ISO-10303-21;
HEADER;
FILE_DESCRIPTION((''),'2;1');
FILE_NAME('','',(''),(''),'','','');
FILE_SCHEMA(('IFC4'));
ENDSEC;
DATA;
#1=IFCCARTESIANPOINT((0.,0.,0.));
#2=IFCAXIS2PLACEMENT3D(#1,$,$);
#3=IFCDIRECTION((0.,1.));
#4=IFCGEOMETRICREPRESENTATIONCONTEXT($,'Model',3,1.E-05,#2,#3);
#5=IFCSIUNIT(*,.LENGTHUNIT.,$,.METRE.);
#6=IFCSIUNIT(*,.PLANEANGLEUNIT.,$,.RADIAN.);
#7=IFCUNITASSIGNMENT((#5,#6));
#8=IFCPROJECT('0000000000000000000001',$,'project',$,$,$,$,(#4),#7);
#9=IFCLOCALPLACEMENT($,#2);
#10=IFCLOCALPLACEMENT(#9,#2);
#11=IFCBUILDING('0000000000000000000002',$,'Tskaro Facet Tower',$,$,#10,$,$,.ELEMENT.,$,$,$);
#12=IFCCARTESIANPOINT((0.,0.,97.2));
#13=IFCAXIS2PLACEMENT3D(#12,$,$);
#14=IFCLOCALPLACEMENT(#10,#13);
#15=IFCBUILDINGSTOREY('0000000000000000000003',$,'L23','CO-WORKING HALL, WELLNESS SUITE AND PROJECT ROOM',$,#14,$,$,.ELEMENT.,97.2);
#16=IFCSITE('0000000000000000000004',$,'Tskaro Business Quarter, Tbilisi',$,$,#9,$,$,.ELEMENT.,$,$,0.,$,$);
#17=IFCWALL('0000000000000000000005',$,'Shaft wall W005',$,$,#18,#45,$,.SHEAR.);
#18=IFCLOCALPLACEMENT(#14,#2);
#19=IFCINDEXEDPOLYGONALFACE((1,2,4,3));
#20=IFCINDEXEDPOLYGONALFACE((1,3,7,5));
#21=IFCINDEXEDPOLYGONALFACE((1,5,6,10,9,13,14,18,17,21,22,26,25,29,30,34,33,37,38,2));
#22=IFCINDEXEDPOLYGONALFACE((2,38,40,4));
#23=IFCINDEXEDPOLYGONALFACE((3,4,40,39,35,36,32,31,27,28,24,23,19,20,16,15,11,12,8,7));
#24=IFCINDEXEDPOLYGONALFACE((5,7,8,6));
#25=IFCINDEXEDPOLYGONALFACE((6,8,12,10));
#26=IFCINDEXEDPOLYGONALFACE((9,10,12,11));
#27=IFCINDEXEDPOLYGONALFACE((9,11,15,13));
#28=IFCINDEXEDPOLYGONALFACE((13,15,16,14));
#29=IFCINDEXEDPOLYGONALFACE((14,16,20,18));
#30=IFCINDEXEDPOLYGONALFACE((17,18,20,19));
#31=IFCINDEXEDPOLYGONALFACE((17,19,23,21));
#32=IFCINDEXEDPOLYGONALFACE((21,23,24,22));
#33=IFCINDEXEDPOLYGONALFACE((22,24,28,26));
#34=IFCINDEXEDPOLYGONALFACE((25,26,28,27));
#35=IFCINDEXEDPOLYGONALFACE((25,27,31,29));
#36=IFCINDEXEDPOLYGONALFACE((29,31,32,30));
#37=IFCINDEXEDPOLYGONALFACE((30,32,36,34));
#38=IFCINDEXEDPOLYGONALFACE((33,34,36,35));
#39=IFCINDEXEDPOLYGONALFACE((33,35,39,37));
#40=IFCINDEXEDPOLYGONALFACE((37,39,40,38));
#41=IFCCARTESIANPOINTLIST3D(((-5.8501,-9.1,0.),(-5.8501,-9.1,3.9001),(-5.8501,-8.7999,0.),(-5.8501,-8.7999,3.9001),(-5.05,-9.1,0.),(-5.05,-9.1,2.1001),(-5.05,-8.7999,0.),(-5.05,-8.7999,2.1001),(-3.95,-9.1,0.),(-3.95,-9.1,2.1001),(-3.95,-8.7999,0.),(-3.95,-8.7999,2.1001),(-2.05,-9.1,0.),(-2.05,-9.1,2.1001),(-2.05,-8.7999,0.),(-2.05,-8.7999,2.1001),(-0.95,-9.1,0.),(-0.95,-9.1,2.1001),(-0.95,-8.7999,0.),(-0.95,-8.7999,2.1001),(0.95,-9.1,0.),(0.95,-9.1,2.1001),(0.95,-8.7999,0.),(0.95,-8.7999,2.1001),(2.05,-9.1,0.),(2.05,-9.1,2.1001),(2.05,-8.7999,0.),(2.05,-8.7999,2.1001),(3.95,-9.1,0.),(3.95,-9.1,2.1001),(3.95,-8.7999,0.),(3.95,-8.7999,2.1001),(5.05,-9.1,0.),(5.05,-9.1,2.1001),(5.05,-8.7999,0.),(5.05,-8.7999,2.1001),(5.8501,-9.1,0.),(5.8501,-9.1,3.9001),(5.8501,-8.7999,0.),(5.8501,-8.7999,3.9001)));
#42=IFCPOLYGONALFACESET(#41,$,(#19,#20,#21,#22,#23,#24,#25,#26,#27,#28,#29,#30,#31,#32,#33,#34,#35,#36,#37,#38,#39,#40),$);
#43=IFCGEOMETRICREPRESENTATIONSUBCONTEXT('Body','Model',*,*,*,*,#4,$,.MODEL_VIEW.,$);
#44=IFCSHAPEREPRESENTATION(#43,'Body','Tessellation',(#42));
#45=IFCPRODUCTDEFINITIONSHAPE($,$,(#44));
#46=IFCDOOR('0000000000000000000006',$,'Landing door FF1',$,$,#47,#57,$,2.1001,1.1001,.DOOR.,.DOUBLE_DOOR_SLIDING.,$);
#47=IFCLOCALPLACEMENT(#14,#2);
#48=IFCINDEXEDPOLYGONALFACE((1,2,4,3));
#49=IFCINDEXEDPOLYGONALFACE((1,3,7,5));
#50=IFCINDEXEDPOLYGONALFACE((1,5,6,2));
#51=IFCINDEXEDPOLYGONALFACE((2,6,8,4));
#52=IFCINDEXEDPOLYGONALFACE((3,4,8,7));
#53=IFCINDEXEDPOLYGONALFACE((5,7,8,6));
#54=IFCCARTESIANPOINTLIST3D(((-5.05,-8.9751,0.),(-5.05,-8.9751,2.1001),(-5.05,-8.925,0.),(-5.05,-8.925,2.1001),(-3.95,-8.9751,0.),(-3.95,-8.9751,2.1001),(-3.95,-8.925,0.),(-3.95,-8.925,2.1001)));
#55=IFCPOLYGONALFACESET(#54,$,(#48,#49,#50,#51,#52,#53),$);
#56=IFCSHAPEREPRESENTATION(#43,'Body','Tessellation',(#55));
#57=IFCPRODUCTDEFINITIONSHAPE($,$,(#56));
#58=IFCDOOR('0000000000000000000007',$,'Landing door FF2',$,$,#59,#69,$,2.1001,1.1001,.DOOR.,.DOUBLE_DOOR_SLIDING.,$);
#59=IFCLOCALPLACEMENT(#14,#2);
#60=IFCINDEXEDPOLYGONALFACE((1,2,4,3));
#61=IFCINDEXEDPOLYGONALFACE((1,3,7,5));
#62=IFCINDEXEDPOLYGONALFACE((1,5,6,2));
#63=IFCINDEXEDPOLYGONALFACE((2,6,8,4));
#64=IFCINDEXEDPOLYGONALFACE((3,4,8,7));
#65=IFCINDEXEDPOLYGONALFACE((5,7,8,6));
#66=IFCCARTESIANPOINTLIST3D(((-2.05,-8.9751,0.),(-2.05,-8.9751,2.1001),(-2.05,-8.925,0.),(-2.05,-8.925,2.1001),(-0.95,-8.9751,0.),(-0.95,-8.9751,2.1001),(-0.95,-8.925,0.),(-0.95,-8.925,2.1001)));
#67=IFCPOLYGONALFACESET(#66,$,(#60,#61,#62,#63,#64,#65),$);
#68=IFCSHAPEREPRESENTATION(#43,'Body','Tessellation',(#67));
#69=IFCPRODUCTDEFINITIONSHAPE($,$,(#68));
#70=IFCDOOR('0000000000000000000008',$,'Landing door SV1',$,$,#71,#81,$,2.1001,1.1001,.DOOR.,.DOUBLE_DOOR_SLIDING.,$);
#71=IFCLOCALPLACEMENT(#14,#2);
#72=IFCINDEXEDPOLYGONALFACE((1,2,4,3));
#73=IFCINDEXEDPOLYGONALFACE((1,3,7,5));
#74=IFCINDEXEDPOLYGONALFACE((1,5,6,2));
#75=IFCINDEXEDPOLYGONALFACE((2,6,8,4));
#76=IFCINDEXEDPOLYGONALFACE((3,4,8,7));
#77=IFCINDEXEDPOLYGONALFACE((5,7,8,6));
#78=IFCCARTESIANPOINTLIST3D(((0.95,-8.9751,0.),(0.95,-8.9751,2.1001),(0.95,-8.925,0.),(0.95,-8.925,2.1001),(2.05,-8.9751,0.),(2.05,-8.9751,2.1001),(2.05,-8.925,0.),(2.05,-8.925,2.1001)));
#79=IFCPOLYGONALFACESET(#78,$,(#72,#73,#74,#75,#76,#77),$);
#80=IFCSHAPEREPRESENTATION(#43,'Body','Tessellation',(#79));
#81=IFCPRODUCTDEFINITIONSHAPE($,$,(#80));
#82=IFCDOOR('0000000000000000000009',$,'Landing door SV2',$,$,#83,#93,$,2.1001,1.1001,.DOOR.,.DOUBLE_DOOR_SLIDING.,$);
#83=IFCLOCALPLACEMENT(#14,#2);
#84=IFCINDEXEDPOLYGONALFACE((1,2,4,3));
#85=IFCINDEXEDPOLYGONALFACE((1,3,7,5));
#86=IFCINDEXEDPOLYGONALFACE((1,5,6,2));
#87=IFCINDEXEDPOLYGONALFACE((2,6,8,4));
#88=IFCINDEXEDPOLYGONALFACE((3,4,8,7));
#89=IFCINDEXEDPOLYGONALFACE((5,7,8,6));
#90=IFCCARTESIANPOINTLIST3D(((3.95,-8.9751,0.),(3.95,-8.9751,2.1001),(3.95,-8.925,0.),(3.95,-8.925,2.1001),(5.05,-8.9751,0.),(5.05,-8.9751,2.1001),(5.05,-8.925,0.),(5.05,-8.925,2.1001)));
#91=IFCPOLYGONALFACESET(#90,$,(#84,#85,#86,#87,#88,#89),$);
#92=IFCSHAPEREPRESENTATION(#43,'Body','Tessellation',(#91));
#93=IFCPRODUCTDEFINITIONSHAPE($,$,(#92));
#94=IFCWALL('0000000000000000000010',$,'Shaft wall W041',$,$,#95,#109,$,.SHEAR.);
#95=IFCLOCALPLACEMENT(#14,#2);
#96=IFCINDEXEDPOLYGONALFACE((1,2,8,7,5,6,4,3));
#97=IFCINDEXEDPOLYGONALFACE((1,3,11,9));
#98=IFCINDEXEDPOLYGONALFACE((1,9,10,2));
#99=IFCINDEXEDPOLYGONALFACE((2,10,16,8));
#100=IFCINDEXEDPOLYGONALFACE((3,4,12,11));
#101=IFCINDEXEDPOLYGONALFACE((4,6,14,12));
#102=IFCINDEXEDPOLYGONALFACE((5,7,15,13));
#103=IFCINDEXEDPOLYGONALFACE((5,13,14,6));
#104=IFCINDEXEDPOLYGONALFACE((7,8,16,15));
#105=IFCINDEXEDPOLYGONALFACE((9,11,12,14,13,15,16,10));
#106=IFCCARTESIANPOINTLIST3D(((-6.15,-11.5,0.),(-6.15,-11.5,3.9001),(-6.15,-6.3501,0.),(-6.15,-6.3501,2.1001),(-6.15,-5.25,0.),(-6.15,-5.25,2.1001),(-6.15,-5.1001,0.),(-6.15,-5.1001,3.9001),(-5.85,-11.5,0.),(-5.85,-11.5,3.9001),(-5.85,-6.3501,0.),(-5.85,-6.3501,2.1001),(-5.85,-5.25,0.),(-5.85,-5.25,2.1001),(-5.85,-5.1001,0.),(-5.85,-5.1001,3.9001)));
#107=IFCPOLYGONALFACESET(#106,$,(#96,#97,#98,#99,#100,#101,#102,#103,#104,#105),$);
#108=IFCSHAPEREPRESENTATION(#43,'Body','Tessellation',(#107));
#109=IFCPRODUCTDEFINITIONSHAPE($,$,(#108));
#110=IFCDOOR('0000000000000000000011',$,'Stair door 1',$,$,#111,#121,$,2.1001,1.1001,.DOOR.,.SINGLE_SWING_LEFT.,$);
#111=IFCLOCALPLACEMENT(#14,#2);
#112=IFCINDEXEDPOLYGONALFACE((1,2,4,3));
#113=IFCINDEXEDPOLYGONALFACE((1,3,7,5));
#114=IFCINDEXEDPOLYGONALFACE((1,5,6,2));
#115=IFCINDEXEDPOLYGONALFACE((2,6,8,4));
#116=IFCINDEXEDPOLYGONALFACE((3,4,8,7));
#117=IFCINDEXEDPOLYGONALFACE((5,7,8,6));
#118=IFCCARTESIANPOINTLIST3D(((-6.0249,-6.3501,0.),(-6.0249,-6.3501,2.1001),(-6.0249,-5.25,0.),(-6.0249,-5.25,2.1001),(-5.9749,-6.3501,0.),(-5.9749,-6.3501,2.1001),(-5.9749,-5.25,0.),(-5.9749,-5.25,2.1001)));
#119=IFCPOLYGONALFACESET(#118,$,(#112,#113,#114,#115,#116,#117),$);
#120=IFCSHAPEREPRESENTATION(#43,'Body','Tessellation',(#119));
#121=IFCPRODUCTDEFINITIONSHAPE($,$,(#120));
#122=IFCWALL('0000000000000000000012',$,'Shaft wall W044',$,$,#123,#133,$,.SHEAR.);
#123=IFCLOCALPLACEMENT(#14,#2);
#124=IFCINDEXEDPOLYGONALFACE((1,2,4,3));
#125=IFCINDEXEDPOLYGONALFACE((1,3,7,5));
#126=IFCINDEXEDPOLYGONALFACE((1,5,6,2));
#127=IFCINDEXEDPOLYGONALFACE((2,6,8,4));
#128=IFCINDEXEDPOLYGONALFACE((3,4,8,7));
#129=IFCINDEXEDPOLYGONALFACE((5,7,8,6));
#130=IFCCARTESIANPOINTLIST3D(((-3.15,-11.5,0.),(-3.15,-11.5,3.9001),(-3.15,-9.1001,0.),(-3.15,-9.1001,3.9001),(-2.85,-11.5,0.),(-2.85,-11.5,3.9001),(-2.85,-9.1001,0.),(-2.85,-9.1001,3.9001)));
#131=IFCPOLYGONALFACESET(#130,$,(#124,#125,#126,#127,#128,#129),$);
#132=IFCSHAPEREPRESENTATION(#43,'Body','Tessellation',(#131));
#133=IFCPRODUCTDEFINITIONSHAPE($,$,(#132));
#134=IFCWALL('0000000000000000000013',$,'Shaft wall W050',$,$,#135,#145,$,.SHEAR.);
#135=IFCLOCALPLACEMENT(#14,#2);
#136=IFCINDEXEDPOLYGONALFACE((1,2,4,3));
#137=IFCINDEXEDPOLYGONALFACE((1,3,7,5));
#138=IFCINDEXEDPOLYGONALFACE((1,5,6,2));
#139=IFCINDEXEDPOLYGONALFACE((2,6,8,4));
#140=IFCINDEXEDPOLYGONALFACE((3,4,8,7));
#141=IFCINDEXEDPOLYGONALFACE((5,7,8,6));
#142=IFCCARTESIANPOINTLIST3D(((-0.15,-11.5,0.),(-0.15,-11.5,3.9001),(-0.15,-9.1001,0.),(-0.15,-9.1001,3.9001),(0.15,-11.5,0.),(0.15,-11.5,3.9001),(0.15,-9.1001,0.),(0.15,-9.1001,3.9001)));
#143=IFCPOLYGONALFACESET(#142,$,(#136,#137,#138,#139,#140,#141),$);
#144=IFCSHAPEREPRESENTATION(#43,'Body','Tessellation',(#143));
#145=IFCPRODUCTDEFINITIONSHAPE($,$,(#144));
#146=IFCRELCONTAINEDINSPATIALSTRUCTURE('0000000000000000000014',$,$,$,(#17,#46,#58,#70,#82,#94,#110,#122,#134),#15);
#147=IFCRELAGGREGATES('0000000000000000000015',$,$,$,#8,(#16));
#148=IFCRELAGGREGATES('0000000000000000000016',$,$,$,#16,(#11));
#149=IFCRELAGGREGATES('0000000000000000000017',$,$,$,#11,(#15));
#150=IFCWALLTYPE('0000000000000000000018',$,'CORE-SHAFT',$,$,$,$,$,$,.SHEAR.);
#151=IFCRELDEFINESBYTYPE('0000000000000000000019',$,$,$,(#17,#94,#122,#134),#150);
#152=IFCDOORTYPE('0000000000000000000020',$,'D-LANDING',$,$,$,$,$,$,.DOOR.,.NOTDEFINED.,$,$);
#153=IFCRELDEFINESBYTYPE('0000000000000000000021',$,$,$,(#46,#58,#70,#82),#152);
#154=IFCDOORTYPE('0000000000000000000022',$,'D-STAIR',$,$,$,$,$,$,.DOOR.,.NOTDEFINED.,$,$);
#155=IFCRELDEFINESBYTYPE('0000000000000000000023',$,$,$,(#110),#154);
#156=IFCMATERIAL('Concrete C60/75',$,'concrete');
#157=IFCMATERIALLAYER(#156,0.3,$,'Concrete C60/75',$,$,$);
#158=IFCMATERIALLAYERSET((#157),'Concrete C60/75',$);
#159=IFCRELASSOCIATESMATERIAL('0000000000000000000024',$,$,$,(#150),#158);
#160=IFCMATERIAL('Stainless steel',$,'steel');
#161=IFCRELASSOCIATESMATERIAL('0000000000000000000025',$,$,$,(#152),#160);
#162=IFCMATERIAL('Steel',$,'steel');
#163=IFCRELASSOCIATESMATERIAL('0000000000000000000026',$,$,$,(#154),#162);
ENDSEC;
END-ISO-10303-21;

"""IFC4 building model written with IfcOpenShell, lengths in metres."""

from ifc_helpers import new_model, si_unit, direction, frame, frame_2d, origin, place, context, subcontext, project, spatial, rectangle, extrude, material, layer, layer_set, type_object, element, fill, save


model = new_model("IFC4")

# Units and contexts
model_context = context("Model", 3, precision=1e-05, world=origin(), true_north=direction((0.0, 1.0)))
body_context = subcontext(model_context, "Body", "Model", "MODEL_VIEW")
ifc_project = project(units=[si_unit("LENGTHUNIT", "METRE"), si_unit("PLANEANGLEUNIT", "RADIAN")], contexts=[model_context])

# Site, building, storey
site_placement = place(None, origin())
site = spatial("IfcSite", under=ifc_project, at=site_placement, Name="Tskaro Business Quarter, Tbilisi", CompositionType="ELEMENT", RefElevation=0.0)
building_placement = place(site_placement, origin())
building = spatial("IfcBuilding", under=site, at=building_placement, Name="Tskaro Facet Tower", CompositionType="ELEMENT")
storey_placement = place(building_placement, frame((0.0, 0.0, 97.2)))
storey = spatial("IfcBuildingStorey", under=building, at=storey_placement, Name="L23", Description="CO-WORKING HALL, WELLNESS SUITE AND PROJECT ROOM", CompositionType="ELEMENT", Elevation=97.2)

# Shared definitions
ifc_material_1 = material(Name="Concrete C60/75", Category="concrete")
ifc_layer_1 = layer(ifc_material_1, 0.3, Name="Concrete C60/75")
ifc_layer_set_1 = layer_set([ifc_layer_1], Name="Concrete C60/75")
wall_type_1 = type_object("IfcWallType", Name="CORE-SHAFT", PredefinedType="SHEAR", material=ifc_layer_set_1)

# Wall, openings, doors
wall_1_placement = place(storey_placement, frame((-5.8501, -8.95, 0.0), z_axis=(0.0, 0.0, 1.0), x_axis=(1.0, 0.0, 0.0)))
wall_1 = element("IfcWall", 1, at=wall_1_placement, inside=storey, type_object=wall_type_1, Name="Shaft wall W005", PredefinedType="SHEAR", context=body_context, shape_type="SweptSolid", body=[
    extrude(rectangle(XDim=11.7002, YDim=0.3, at=frame_2d((5.8501, 0.0))), origin(), (0.0, 0.0, 1.0), 3.9001),
])
opening_1_placement = place(wall_1_placement, frame((0.8, 0.0, 0.0)))
opening_1 = element("IfcOpeningElement", 2, at=opening_1_placement, cuts=wall_1, PredefinedType="OPENING", context=body_context, shape_type="SweptSolid", body=[
    extrude(rectangle(XDim=1.1001, YDim=2.1001, at=frame_2d((0.55, 1.05))), frame((0.0, 0.1599, 0.0), z_axis=(0.0, -1.0, 0.0), x_axis=(1.0, 0.0, 0.0)), (0.0, 0.0, 1.0), 0.3201),
])
opening_2_placement = place(wall_1_placement, frame((3.8, 0.0, 0.0)))
opening_2 = element("IfcOpeningElement", 3, at=opening_2_placement, cuts=wall_1, PredefinedType="OPENING", context=body_context, shape_type="SweptSolid", body=[
    extrude(rectangle(XDim=1.1001, YDim=2.1001, at=frame_2d((0.55, 1.05))), frame((0.0, 0.1599, 0.0), z_axis=(0.0, -1.0, 0.0), x_axis=(1.0, 0.0, 0.0)), (0.0, 0.0, 1.0), 0.3201),
])
opening_3_placement = place(wall_1_placement, frame((6.8, 0.0, 0.0)))
opening_3 = element("IfcOpeningElement", 4, at=opening_3_placement, cuts=wall_1, PredefinedType="OPENING", context=body_context, shape_type="SweptSolid", body=[
    extrude(rectangle(XDim=1.1001, YDim=2.1001, at=frame_2d((0.55, 1.05))), frame((0.0, 0.1599, 0.0), z_axis=(0.0, -1.0, 0.0), x_axis=(1.0, 0.0, 0.0)), (0.0, 0.0, 1.0), 0.3201),
])
opening_4_placement = place(wall_1_placement, frame((9.8, 0.0, 0.0)))
opening_4 = element("IfcOpeningElement", 5, at=opening_4_placement, cuts=wall_1, PredefinedType="OPENING", context=body_context, shape_type="SweptSolid", body=[
    extrude(rectangle(XDim=1.1001, YDim=2.1001, at=frame_2d((0.55, 1.05))), frame((0.0, 0.1599, 0.0), z_axis=(0.0, -1.0, 0.0), x_axis=(1.0, 0.0, 0.0)), (0.0, 0.0, 1.0), 0.3201),
])
ifc_material_2 = material(Name="Stainless steel", Category="steel")
door_type_1 = type_object("IfcDoorType", Name="D-LANDING", OperationType="NOTDEFINED", PredefinedType="DOOR", material=ifc_material_2)
door_1_placement = place(opening_1_placement, origin())
door_1 = element("IfcDoor", 6, at=door_1_placement, inside=storey, type_object=door_type_1, Name="Landing door FF1", OperationType="DOUBLE_DOOR_SLIDING", OverallHeight=2.1001, OverallWidth=1.1001, PredefinedType="DOOR", context=body_context, shape_type="SweptSolid", body=[
    extrude(rectangle(XDim=1.1001, YDim=2.1001, at=frame_2d((0.55, 1.05))), frame((0.0, 0.0249, 0.0), z_axis=(0.0, -1.0, 0.0), x_axis=(1.0, 0.0, 0.0)), (0.0, 0.0, 1.0), 0.05),
])
fill(opening_1, door_1)
door_2_placement = place(opening_2_placement, origin())
door_2 = element("IfcDoor", 7, at=door_2_placement, inside=storey, type_object=door_type_1, Name="Landing door FF2", OperationType="DOUBLE_DOOR_SLIDING", OverallHeight=2.1001, OverallWidth=1.1001, PredefinedType="DOOR", context=body_context, shape_type="SweptSolid", body=[
    extrude(rectangle(XDim=1.1001, YDim=2.1001, at=frame_2d((0.55, 1.05))), frame((0.0, 0.0249, 0.0), z_axis=(0.0, -1.0, 0.0), x_axis=(1.0, 0.0, 0.0)), (0.0, 0.0, 1.0), 0.05),
])
fill(opening_2, door_2)
door_3_placement = place(opening_3_placement, origin())
door_3 = element("IfcDoor", 8, at=door_3_placement, inside=storey, type_object=door_type_1, Name="Landing door SV1", OperationType="DOUBLE_DOOR_SLIDING", OverallHeight=2.1001, OverallWidth=1.1001, PredefinedType="DOOR", context=body_context, shape_type="SweptSolid", body=[
    extrude(rectangle(XDim=1.1001, YDim=2.1001, at=frame_2d((0.55, 1.05))), frame((0.0, 0.0249, 0.0), z_axis=(0.0, -1.0, 0.0), x_axis=(1.0, 0.0, 0.0)), (0.0, 0.0, 1.0), 0.05),
])
fill(opening_3, door_3)
door_4_placement = place(opening_4_placement, origin())
door_4 = element("IfcDoor", 9, at=door_4_placement, inside=storey, type_object=door_type_1, Name="Landing door SV2", OperationType="DOUBLE_DOOR_SLIDING", OverallHeight=2.1001, OverallWidth=1.1001, PredefinedType="DOOR", context=body_context, shape_type="SweptSolid", body=[
    extrude(rectangle(XDim=1.1001, YDim=2.1001, at=frame_2d((0.55, 1.05))), frame((0.0, 0.0249, 0.0), z_axis=(0.0, -1.0, 0.0), x_axis=(1.0, 0.0, 0.0)), (0.0, 0.0, 1.0), 0.05),
])
fill(opening_4, door_4)

# Wall, opening, door
wall_2_placement = place(storey_placement, frame((-6.0, -11.5, 0.0), z_axis=(0.0, 0.0, 1.0), x_axis=(0.0, 1.0, 0.0)))
wall_2 = element("IfcWall", 10, at=wall_2_placement, inside=storey, type_object=wall_type_1, Name="Shaft wall W041", PredefinedType="SHEAR", context=body_context, shape_type="SweptSolid", body=[
    extrude(rectangle(XDim=6.3999, YDim=0.3, at=frame_2d((3.2, 0.0))), origin(), (0.0, 0.0, 1.0), 3.9001),
])
opening_5_placement = place(wall_2_placement, frame((5.1499, 0.0, 0.0)))
opening_5 = element("IfcOpeningElement", 11, at=opening_5_placement, cuts=wall_2, PredefinedType="OPENING", context=body_context, shape_type="SweptSolid", body=[
    extrude(rectangle(XDim=1.1001, YDim=2.1001, at=frame_2d((0.55, 1.05))), frame((0.0, 0.1599, 0.0), z_axis=(0.0, -1.0, 0.0), x_axis=(1.0, 0.0, 0.0)), (0.0, 0.0, 1.0), 0.3201),
])
ifc_material_3 = material(Name="Steel", Category="steel")
door_type_2 = type_object("IfcDoorType", Name="D-STAIR", OperationType="NOTDEFINED", PredefinedType="DOOR", material=ifc_material_3)
door_5_placement = place(opening_5_placement, origin())
door_5 = element("IfcDoor", 12, at=door_5_placement, inside=storey, type_object=door_type_2, Name="Stair door 1", OperationType="SINGLE_SWING_LEFT", OverallHeight=2.1001, OverallWidth=1.1001, PredefinedType="DOOR", context=body_context, shape_type="SweptSolid", body=[
    extrude(rectangle(XDim=1.1001, YDim=2.1001, at=frame_2d((0.55, 1.05))), frame((0.0, 0.0249, 0.0), z_axis=(0.0, -1.0, 0.0), x_axis=(1.0, 0.0, 0.0)), (0.0, 0.0, 1.0), 0.05),
])
fill(opening_5, door_5)

# Walls
for number, where, z_axis, x_axis, name in (
    (13, (-3.0, -11.5, 0.0), (0.0, 0.0, 1.0), (0.0, 1.0, 0.0), "Shaft wall W044"),
    (14, (0.0, -11.5, 0.0), (0.0, 0.0, 1.0), (0.0, 1.0, 0.0), "Shaft wall W050"),
):
    element("IfcWall", number, at=place(storey_placement, frame(where, z_axis=z_axis, x_axis=x_axis)), inside=storey, type_object=wall_type_1, Name=name, PredefinedType="SHEAR", context=body_context, shape_type="SweptSolid", body=[
        extrude(rectangle(XDim=2.3999, YDim=0.3, at=frame_2d((1.2, 0.0))), origin(), (0.0, 0.0, 1.0), 3.9001),
    ])

save(model, "model.ifc")
